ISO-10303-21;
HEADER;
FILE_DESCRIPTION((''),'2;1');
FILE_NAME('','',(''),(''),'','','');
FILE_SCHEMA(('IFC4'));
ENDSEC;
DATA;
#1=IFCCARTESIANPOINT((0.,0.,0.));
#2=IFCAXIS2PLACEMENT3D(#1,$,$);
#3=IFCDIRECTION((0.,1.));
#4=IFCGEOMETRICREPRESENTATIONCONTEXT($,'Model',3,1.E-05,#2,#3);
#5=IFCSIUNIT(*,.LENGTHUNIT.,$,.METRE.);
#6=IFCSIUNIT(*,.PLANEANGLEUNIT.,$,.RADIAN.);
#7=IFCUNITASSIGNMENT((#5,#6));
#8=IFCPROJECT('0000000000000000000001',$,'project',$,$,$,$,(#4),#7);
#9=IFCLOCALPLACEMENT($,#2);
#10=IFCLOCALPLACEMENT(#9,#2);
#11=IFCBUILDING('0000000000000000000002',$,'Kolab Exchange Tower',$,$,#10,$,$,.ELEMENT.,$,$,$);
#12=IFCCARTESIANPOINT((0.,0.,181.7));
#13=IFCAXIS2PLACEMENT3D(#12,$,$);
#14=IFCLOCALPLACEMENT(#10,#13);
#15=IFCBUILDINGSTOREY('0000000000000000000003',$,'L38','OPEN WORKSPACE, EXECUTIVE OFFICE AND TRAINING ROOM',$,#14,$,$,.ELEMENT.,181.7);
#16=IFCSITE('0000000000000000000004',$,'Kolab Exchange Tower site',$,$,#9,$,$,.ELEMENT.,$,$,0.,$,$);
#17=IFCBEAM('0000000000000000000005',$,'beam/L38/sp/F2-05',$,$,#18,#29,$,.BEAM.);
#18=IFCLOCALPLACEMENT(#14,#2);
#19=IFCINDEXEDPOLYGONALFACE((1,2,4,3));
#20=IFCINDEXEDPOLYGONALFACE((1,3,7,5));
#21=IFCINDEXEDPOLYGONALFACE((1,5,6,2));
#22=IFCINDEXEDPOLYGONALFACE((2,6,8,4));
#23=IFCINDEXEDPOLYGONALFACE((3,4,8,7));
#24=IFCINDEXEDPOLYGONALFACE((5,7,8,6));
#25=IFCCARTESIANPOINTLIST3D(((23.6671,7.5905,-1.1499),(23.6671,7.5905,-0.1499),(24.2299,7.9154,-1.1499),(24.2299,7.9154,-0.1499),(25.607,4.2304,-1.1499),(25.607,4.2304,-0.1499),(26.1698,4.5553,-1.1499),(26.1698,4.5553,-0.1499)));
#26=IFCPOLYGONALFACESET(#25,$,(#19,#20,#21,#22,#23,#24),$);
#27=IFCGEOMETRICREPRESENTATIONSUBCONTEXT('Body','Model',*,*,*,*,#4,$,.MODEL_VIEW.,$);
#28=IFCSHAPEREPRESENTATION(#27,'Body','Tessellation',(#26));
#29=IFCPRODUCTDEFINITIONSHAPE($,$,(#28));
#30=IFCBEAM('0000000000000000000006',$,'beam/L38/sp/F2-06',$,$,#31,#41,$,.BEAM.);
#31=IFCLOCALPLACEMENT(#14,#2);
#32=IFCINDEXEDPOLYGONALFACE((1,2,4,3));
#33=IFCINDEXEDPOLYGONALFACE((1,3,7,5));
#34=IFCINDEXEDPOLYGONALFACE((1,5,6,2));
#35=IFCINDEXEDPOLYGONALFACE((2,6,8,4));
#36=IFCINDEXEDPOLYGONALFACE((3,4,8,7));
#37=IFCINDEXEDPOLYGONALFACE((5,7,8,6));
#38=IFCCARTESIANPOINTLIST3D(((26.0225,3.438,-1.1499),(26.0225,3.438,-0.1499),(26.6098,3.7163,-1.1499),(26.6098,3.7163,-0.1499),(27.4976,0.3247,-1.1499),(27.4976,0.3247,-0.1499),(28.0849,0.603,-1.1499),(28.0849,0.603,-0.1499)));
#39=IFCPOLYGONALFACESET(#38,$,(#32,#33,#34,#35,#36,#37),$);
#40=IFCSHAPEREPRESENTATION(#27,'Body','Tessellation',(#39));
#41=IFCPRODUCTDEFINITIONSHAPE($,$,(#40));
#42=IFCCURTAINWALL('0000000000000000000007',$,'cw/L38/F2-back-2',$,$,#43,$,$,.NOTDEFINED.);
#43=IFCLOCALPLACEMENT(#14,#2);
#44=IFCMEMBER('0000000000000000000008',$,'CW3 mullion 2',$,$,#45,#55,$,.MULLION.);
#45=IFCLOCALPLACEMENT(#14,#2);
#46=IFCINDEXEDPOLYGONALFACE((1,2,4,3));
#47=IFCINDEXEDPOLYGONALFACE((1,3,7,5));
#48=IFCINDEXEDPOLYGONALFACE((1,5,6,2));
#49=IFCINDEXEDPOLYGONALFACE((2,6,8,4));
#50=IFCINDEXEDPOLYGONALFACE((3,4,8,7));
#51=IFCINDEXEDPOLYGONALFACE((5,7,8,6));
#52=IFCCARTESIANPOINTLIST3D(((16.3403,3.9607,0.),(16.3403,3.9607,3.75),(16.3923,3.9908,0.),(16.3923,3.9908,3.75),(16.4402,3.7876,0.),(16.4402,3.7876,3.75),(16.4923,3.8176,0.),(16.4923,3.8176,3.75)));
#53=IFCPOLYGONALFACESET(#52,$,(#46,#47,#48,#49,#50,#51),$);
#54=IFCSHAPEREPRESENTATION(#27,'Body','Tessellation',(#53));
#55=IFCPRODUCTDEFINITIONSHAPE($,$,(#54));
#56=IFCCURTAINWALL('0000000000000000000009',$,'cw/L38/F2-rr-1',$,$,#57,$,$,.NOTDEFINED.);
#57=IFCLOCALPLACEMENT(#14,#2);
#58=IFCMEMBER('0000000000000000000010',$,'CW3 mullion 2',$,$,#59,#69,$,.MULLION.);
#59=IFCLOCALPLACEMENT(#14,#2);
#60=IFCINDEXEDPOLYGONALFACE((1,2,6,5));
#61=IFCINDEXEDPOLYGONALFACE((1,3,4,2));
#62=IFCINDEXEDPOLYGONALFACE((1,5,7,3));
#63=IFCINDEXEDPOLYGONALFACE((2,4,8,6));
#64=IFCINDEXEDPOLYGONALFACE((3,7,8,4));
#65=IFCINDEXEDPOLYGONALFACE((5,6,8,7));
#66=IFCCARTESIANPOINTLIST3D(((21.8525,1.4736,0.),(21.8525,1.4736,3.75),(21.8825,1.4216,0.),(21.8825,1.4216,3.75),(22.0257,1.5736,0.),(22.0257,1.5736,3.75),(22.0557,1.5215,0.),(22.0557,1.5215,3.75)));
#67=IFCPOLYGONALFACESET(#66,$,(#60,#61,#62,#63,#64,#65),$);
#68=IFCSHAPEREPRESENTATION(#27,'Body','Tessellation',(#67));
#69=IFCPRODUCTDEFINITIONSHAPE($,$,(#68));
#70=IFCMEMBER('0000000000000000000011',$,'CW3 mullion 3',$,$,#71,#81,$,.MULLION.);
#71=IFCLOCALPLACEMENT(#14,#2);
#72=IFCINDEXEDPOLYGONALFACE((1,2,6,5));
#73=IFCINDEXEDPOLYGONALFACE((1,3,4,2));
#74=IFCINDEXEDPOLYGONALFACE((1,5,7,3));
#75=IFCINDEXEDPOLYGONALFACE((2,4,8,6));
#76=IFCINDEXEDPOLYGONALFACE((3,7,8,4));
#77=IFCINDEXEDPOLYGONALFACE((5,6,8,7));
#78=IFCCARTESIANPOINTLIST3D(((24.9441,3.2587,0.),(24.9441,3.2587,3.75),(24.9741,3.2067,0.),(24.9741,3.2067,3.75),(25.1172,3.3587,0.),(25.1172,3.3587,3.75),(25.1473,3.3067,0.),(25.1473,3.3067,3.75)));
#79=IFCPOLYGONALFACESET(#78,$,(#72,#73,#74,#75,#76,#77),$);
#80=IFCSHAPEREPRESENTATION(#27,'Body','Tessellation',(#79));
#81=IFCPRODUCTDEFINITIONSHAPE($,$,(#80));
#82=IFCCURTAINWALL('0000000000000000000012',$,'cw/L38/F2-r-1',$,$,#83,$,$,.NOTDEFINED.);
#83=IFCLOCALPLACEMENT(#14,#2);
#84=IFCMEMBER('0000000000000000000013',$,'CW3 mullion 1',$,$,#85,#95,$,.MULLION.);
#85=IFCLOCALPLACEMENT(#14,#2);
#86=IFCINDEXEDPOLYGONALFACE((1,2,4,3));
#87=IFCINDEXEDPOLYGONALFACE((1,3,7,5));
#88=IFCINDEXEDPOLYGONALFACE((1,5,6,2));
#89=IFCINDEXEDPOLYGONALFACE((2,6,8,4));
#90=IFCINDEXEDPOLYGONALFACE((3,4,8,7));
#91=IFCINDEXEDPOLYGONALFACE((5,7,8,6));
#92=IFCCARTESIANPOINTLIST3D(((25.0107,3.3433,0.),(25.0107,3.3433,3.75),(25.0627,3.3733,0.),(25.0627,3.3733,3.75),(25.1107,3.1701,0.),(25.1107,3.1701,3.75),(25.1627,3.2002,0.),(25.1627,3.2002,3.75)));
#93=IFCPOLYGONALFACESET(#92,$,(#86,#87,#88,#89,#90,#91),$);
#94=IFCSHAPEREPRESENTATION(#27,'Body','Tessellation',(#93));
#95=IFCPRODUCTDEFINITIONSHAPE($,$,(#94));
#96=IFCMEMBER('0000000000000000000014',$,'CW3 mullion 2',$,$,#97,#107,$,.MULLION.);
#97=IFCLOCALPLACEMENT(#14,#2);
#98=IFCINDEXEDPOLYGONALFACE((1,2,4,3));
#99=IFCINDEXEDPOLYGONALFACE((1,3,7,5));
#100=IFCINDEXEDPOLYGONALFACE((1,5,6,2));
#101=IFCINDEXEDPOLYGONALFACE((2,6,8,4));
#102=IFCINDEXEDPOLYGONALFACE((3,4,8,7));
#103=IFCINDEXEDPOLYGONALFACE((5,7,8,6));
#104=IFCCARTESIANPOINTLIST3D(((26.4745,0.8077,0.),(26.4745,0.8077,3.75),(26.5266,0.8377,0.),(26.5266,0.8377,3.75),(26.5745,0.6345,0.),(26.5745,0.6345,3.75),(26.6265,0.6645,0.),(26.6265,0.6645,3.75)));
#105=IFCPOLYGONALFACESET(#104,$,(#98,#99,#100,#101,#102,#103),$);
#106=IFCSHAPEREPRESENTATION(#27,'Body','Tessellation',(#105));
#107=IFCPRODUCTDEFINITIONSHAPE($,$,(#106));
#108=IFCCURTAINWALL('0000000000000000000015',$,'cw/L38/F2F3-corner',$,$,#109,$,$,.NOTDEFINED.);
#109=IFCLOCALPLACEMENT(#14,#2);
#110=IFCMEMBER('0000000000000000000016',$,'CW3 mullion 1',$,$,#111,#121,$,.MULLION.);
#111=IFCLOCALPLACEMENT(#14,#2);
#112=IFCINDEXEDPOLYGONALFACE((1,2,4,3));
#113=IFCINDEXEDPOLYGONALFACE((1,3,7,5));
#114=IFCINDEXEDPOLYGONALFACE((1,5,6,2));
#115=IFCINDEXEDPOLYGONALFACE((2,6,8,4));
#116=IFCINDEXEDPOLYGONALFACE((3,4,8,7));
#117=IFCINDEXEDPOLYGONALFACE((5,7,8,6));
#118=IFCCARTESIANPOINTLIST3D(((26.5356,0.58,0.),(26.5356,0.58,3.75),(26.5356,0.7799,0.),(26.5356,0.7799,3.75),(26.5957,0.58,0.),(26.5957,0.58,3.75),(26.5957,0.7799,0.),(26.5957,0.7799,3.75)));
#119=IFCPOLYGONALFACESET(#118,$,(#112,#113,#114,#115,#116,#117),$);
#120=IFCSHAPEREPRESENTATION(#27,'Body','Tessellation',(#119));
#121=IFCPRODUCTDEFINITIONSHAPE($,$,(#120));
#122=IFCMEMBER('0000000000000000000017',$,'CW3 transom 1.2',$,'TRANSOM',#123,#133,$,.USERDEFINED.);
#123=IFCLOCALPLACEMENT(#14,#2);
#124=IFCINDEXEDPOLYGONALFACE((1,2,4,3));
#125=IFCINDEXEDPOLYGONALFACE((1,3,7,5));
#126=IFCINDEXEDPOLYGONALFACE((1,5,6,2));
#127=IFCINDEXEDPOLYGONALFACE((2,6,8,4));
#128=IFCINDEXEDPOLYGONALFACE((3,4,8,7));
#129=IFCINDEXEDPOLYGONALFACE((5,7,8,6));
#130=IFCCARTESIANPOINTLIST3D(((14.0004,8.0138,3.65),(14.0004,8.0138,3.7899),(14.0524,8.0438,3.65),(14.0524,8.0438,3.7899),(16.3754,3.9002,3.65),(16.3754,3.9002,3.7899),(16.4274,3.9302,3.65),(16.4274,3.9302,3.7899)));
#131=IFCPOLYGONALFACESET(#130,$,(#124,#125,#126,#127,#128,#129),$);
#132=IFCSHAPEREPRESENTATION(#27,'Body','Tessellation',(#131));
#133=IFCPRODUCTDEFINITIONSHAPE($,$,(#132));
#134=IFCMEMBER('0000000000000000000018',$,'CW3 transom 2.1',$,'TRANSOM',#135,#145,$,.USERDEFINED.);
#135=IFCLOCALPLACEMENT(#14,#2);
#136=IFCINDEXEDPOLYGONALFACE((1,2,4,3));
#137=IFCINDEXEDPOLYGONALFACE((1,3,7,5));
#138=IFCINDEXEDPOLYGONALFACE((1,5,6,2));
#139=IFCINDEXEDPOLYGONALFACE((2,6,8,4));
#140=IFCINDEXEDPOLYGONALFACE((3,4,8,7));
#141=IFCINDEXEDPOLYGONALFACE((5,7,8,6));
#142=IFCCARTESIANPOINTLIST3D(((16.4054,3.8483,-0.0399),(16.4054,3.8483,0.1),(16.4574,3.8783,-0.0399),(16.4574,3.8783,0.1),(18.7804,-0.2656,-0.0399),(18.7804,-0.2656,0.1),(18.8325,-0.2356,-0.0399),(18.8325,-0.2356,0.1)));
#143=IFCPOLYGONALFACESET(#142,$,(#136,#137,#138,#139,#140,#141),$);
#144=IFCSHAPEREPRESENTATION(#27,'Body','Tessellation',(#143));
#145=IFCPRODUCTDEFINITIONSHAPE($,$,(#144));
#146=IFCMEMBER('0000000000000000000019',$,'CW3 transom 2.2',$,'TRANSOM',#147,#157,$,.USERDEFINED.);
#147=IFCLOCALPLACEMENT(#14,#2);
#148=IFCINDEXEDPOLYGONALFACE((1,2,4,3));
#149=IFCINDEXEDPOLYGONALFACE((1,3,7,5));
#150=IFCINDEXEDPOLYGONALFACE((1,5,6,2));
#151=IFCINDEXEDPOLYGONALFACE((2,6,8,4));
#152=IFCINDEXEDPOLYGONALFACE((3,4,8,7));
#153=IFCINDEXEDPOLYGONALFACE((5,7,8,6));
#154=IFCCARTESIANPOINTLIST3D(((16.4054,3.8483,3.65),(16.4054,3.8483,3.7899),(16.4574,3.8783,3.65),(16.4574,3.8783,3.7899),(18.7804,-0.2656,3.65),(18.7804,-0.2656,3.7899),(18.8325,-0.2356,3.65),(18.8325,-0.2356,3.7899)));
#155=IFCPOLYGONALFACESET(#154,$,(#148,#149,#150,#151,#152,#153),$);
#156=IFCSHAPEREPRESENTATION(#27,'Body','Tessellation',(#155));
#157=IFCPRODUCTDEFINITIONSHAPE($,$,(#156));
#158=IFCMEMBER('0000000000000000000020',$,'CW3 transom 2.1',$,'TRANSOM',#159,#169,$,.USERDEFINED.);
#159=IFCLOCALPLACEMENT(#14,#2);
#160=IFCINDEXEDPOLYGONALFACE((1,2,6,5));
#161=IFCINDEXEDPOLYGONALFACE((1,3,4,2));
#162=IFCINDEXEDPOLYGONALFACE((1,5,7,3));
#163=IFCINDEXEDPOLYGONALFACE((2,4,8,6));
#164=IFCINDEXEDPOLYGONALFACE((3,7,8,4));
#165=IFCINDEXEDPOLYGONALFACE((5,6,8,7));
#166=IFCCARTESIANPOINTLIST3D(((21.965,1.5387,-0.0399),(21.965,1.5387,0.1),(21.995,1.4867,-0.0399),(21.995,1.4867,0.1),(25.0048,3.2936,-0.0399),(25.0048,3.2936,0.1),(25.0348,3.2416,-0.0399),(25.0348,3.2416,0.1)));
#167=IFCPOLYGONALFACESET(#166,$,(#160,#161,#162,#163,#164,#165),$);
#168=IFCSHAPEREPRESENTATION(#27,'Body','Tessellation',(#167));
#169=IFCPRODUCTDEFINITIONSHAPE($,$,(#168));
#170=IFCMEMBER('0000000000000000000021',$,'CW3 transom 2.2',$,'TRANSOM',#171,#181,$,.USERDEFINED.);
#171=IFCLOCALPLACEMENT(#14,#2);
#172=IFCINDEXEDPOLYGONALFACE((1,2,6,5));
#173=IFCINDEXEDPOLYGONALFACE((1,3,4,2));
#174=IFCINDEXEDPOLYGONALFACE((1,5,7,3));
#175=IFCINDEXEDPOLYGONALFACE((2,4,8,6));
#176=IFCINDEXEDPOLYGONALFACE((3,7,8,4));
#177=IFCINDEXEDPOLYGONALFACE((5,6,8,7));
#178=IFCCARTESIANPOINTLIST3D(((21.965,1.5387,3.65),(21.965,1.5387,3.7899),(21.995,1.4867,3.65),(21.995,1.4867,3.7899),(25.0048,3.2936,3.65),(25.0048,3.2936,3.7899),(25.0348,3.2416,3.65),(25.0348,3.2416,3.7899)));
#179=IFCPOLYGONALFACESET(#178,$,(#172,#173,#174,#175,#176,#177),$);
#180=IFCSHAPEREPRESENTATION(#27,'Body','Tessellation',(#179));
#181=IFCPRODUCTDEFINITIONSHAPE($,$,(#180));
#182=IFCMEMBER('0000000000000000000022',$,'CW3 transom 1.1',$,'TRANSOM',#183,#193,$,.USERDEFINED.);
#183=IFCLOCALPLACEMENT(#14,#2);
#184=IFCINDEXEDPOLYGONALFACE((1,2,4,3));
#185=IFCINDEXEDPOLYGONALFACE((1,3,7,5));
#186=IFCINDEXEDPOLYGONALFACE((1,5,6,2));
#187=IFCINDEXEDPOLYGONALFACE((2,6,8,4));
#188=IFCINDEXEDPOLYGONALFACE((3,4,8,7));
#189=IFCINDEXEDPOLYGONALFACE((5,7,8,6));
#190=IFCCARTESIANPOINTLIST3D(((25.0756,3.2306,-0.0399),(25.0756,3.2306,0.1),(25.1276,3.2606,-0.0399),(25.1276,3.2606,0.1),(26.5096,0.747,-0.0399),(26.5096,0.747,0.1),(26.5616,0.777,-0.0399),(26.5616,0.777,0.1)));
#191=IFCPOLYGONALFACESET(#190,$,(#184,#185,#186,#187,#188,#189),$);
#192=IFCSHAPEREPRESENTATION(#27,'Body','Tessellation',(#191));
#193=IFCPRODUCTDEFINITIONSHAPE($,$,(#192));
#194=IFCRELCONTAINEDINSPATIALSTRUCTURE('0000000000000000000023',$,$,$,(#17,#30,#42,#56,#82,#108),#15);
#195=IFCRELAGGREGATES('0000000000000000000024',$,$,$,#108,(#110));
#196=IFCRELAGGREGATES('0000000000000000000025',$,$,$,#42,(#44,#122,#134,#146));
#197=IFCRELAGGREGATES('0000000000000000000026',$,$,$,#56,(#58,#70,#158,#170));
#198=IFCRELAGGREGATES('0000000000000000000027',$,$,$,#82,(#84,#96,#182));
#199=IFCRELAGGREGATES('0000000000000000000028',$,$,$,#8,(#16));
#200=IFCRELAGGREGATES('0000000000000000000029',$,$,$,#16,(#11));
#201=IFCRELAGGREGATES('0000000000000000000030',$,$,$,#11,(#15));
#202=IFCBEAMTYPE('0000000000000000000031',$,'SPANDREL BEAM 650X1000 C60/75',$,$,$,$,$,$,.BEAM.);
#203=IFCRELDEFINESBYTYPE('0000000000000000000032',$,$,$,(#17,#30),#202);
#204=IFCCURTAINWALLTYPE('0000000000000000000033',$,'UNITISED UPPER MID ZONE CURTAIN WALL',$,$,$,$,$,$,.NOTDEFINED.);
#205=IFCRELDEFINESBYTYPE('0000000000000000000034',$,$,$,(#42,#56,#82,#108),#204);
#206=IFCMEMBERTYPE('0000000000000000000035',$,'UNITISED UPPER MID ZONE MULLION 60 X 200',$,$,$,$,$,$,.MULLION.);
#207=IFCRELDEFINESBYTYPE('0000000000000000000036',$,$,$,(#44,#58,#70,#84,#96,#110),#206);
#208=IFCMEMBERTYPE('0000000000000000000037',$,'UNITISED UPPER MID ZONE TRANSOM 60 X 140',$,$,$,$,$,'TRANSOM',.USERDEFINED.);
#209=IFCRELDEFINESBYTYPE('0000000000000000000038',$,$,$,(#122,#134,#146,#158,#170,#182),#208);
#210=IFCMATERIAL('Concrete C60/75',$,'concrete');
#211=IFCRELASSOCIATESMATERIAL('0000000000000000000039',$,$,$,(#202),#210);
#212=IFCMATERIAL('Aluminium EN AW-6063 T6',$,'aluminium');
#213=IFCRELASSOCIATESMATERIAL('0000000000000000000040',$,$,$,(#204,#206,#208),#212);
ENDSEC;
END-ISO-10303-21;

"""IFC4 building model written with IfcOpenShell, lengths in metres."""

from ifc_helpers import new_model, si_unit, direction, frame, origin, origin_2d, place, context, subcontext, project, spatial, rectangle, extrude, material, material_profile, profile_set, type_object, element, aggregate, save


model = new_model("IFC4")

# Units and contexts
model_context = context("Model", 3, precision=1e-05, world=origin(), true_north=direction((0.0, 1.0)))
body_context = subcontext(model_context, "Body", "Model", "MODEL_VIEW")
ifc_project = project(units=[si_unit("LENGTHUNIT", "METRE"), si_unit("PLANEANGLEUNIT", "RADIAN")], contexts=[model_context])

# Site, building, storey
site_placement = place(None, origin())
site = spatial("IfcSite", under=ifc_project, at=site_placement, Name="Kolab Exchange Tower site", CompositionType="ELEMENT", RefElevation=0.0)
building_placement = place(site_placement, origin())
building = spatial("IfcBuilding", under=site, at=building_placement, Name="Kolab Exchange Tower", CompositionType="ELEMENT")
storey_placement = place(building_placement, frame((0.0, 0.0, 181.7)))
storey = spatial("IfcBuildingStorey", under=building, at=storey_placement, Name="L38", Description="OPEN WORKSPACE, EXECUTIVE OFFICE AND TRAINING ROOM", CompositionType="ELEMENT", Elevation=181.7)

# Shared definitions
ifc_material_1 = material(Name="Concrete C60/75", Category="concrete")

# Beams
ifc_material_profile_1 = material_profile(ifc_material_1, rectangle(XDim=0.6499, YDim=1.0, at=origin_2d()), Name="RC650X1000")
ifc_profile_set_1 = profile_set([ifc_material_profile_1], Name="Concrete C60/75")
beam_type_1 = type_object("IfcBeamType", Name="SPANDREL BEAM 650X1000 C60/75", PredefinedType="BEAM", material=ifc_profile_set_1)
beam_1_placement = place(storey_placement, frame((23.9485, 7.7529, -0.6499), z_axis=(0.499997, -0.866027, 0.0), x_axis=(0.866027, 0.499997, 0.0)))
element("IfcBeam", 1, at=beam_1_placement, inside=storey, type_object=beam_type_1, Name="beam/L38/sp/F2-05", PredefinedType="BEAM", context=body_context, shape_type="SweptSolid", body=[
    extrude(rectangle(XDim=0.6499, YDim=1.0, at=origin_2d()), origin(), (0.0, 0.0, 1.0), 3.8799),
])
beam_2_placement = place(storey_placement, frame((26.3162, 3.5771, -0.6499), z_axis=(0.428178, -0.903695, 0.0), x_axis=(0.903695, 0.428178, 0.0)))
element("IfcBeam", 2, at=beam_2_placement, inside=storey, type_object=beam_type_1, Name="beam/L38/sp/F2-06", PredefinedType="BEAM", context=body_context, shape_type="SweptSolid", body=[
    extrude(rectangle(XDim=0.6499, YDim=1.0, at=origin_2d()), origin(), (0.0, 0.0, 1.0), 3.4451),
])

# Curtain wall, member
ifc_material_2 = material(Name="Aluminium EN AW-6063 T6", Category="aluminium")
curtain_wall_type = type_object("IfcCurtainWallType", Name="UNITISED UPPER MID ZONE CURTAIN WALL", PredefinedType="NOTDEFINED", material=ifc_material_2)
curtain_wall_1_placement = place(storey_placement, origin())
curtain_wall_1 = element("IfcCurtainWall", 3, at=curtain_wall_1_placement, inside=storey, type_object=curtain_wall_type, Name="cw/L38/F2-back-2", PredefinedType="NOTDEFINED")
ifc_material_profile_2 = material_profile(ifc_material_2, rectangle(XDim=0.0601, YDim=0.2, at=origin_2d()), Name="RECT 60X200")
ifc_profile_set_2 = profile_set([ifc_material_profile_2], Name="Aluminium EN AW-6063 T6")
member_type_1 = type_object("IfcMemberType", Name="UNITISED UPPER MID ZONE MULLION 60 X 200", PredefinedType="MULLION", material=ifc_profile_set_2)
member_1_placement = place(storey_placement, frame((16.4163, 3.8892, 0.0), z_axis=(0.0, 0.0, 1.0), x_axis=(0.866025, 0.5, 0.0)))
member_1 = element("IfcMember", 4, at=member_1_placement, type_object=member_type_1, Name="CW3 mullion 2", PredefinedType="MULLION", context=body_context, shape_type="SweptSolid", body=[
    extrude(rectangle(XDim=0.0601, YDim=0.2, at=origin_2d()), origin(), (0.0, 0.0, 1.0), 3.75),
])

# Curtain walls, members
curtain_wall_2_placement = place(storey_placement, origin())
curtain_wall_2 = element("IfcCurtainWall", 5, at=curtain_wall_2_placement, inside=storey, type_object=curtain_wall_type, Name="cw/L38/F2-rr-1", PredefinedType="NOTDEFINED")
member_2_placement = place(storey_placement, frame((21.9541, 1.4976, 0.0), z_axis=(0.0, 0.0, 1.0), x_axis=(-0.5, 0.866025, 0.0)))
member_2 = element("IfcMember", 6, at=member_2_placement, type_object=member_type_1, Name="CW3 mullion 2", PredefinedType="MULLION", context=body_context, shape_type="SweptSolid", body=[
    extrude(rectangle(XDim=0.0601, YDim=0.2, at=origin_2d()), origin(), (0.0, 0.0, 1.0), 3.75),
])
member_3_placement = place(storey_placement, frame((25.0457, 3.2827, 0.0), z_axis=(0.0, 0.0, 1.0), x_axis=(-0.5, 0.866025, 0.0)))
member_3 = element("IfcMember", 7, at=member_3_placement, type_object=member_type_1, Name="CW3 mullion 3", PredefinedType="MULLION", context=body_context, shape_type="SweptSolid", body=[
    extrude(rectangle(XDim=0.0601, YDim=0.2, at=origin_2d()), origin(), (0.0, 0.0, 1.0), 3.75),
])
curtain_wall_3_placement = place(storey_placement, origin())
curtain_wall_3 = element("IfcCurtainWall", 8, at=curtain_wall_3_placement, inside=storey, type_object=curtain_wall_type, Name="cw/L38/F2-r-1", PredefinedType="NOTDEFINED")
member_4_placement = place(storey_placement, frame((25.0867, 3.2717, 0.0), z_axis=(0.0, 0.0, 1.0), x_axis=(0.866025, 0.5, 0.0)))
member_4 = element("IfcMember", 9, at=member_4_placement, type_object=member_type_1, Name="CW3 mullion 1", PredefinedType="MULLION", context=body_context, shape_type="SweptSolid", body=[
    extrude(rectangle(XDim=0.0601, YDim=0.2, at=origin_2d()), origin(), (0.0, 0.0, 1.0), 3.75),
])
member_5_placement = place(storey_placement, frame((26.5505, 0.7361, 0.0), z_axis=(0.0, 0.0, 1.0), x_axis=(0.866025, 0.5, 0.0)))
member_5 = element("IfcMember", 10, at=member_5_placement, type_object=member_type_1, Name="CW3 mullion 2", PredefinedType="MULLION", context=body_context, shape_type="SweptSolid", body=[
    extrude(rectangle(XDim=0.0601, YDim=0.2, at=origin_2d()), origin(), (0.0, 0.0, 1.0), 3.75),
])

# Curtain wall, member
curtain_wall_4_placement = place(storey_placement, origin())
curtain_wall_4 = element("IfcCurtainWall", 11, at=curtain_wall_4_placement, inside=storey, type_object=curtain_wall_type, Name="cw/L38/F2F3-corner", PredefinedType="NOTDEFINED")
member_6_placement = place(storey_placement, frame((26.5657, 0.6799, 0.0), z_axis=(0.0, 0.0, 1.0), x_axis=(1.0, 0.0, 0.0)))
member_6 = element("IfcMember", 12, at=member_6_placement, type_object=member_type_1, Name="CW3 mullion 1", PredefinedType="MULLION", context=body_context, shape_type="SweptSolid", body=[
    extrude(rectangle(XDim=0.0601, YDim=0.2, at=origin_2d()), origin(), (0.0, 0.0, 1.0), 3.75),
])
aggregate(curtain_wall_4, [member_6])

# Members
ifc_material_profile_3 = material_profile(ifc_material_2, rectangle(XDim=0.0601, YDim=0.1399, at=origin_2d()), Name="RECT 60X140")
ifc_profile_set_3 = profile_set([ifc_material_profile_3], Name="Aluminium EN AW-6063 T6")
member_type_2 = type_object("IfcMemberType", Name="UNITISED UPPER MID ZONE TRANSOM 60 X 140", ElementType="TRANSOM", PredefinedType="USERDEFINED", material=ifc_profile_set_3)
member_7_placement = place(storey_placement, frame((14.0264, 8.0288, 3.72), z_axis=(0.500009, -0.86602, 0.0), x_axis=(0.86602, 0.500009, 0.0)))
member_7 = element("IfcMember", 13, at=member_7_placement, type_object=member_type_2, Name="CW3 transom 1.2", ObjectType="TRANSOM", PredefinedType="USERDEFINED", context=body_context, shape_type="SweptSolid", body=[
    extrude(rectangle(XDim=0.0601, YDim=0.1399, at=origin_2d()), origin(), (0.0, 0.0, 1.0), 4.75),
])
member_8_placement = place(storey_placement, frame((16.4314, 3.8633, 0.03), z_axis=(0.499986, -0.866033, 0.0), x_axis=(0.866033, 0.499986, 0.0)))
member_8 = element("IfcMember", 14, at=member_8_placement, type_object=member_type_2, Name="CW3 transom 2.1", ObjectType="TRANSOM", PredefinedType="USERDEFINED", context=body_context, shape_type="SweptSolid", body=[
    extrude(rectangle(XDim=0.0601, YDim=0.1399, at=origin_2d()), origin(), (0.0, 0.0, 1.0), 4.7502),
])
member_9_placement = place(storey_placement, frame((16.4314, 3.8633, 3.72), z_axis=(0.499986, -0.866033, 0.0), x_axis=(0.866033, 0.499986, 0.0)))
member_9 = element("IfcMember", 15, at=member_9_placement, type_object=member_type_2, Name="CW3 transom 2.2", ObjectType="TRANSOM", PredefinedType="USERDEFINED", context=body_context, shape_type="SweptSolid", body=[
    extrude(rectangle(XDim=0.0601, YDim=0.1399, at=origin_2d()), origin(), (0.0, 0.0, 1.0), 4.7502),
])
member_10_placement = place(storey_placement, frame((21.98, 1.5127, 0.03), z_axis=(0.866043, 0.499969, 0.0), x_axis=(-0.499969, 0.866043, 0.0)))
member_10 = element("IfcMember", 16, at=member_10_placement, type_object=member_type_2, Name="CW3 transom 2.1", ObjectType="TRANSOM", PredefinedType="USERDEFINED", context=body_context, shape_type="SweptSolid", body=[
    extrude(rectangle(XDim=0.0601, YDim=0.1399, at=origin_2d()), origin(), (0.0, 0.0, 1.0), 3.51),
])
member_11_placement = place(storey_placement, frame((21.98, 1.5127, 3.72), z_axis=(0.866043, 0.499969, 0.0), x_axis=(-0.499969, 0.866043, 0.0)))
member_11 = element("IfcMember", 17, at=member_11_placement, type_object=member_type_2, Name="CW3 transom 2.2", ObjectType="TRANSOM", PredefinedType="USERDEFINED", context=body_context, shape_type="SweptSolid", body=[
    extrude(rectangle(XDim=0.0601, YDim=0.1399, at=origin_2d()), origin(), (0.0, 0.0, 1.0), 3.51),
])
member_12_placement = place(storey_placement, frame((25.1016, 3.2456, 0.03), z_axis=(0.500039, -0.866003, 0.0), x_axis=(0.866003, 0.500039, 0.0)))
member_12 = element("IfcMember", 18, at=member_12_placement, type_object=member_type_2, Name="CW3 transom 1.1", ObjectType="TRANSOM", PredefinedType="USERDEFINED", context=body_context, shape_type="SweptSolid", body=[
    extrude(rectangle(XDim=0.0601, YDim=0.1399, at=origin_2d()), origin(), (0.0, 0.0, 1.0), 2.8679),
])

aggregate(curtain_wall_1, [member_1, member_7, member_8, member_9])
aggregate(curtain_wall_2, [member_2, member_3, member_10, member_11])
aggregate(curtain_wall_3, [member_4, member_5, member_12])

save(model, "model.ifc")
